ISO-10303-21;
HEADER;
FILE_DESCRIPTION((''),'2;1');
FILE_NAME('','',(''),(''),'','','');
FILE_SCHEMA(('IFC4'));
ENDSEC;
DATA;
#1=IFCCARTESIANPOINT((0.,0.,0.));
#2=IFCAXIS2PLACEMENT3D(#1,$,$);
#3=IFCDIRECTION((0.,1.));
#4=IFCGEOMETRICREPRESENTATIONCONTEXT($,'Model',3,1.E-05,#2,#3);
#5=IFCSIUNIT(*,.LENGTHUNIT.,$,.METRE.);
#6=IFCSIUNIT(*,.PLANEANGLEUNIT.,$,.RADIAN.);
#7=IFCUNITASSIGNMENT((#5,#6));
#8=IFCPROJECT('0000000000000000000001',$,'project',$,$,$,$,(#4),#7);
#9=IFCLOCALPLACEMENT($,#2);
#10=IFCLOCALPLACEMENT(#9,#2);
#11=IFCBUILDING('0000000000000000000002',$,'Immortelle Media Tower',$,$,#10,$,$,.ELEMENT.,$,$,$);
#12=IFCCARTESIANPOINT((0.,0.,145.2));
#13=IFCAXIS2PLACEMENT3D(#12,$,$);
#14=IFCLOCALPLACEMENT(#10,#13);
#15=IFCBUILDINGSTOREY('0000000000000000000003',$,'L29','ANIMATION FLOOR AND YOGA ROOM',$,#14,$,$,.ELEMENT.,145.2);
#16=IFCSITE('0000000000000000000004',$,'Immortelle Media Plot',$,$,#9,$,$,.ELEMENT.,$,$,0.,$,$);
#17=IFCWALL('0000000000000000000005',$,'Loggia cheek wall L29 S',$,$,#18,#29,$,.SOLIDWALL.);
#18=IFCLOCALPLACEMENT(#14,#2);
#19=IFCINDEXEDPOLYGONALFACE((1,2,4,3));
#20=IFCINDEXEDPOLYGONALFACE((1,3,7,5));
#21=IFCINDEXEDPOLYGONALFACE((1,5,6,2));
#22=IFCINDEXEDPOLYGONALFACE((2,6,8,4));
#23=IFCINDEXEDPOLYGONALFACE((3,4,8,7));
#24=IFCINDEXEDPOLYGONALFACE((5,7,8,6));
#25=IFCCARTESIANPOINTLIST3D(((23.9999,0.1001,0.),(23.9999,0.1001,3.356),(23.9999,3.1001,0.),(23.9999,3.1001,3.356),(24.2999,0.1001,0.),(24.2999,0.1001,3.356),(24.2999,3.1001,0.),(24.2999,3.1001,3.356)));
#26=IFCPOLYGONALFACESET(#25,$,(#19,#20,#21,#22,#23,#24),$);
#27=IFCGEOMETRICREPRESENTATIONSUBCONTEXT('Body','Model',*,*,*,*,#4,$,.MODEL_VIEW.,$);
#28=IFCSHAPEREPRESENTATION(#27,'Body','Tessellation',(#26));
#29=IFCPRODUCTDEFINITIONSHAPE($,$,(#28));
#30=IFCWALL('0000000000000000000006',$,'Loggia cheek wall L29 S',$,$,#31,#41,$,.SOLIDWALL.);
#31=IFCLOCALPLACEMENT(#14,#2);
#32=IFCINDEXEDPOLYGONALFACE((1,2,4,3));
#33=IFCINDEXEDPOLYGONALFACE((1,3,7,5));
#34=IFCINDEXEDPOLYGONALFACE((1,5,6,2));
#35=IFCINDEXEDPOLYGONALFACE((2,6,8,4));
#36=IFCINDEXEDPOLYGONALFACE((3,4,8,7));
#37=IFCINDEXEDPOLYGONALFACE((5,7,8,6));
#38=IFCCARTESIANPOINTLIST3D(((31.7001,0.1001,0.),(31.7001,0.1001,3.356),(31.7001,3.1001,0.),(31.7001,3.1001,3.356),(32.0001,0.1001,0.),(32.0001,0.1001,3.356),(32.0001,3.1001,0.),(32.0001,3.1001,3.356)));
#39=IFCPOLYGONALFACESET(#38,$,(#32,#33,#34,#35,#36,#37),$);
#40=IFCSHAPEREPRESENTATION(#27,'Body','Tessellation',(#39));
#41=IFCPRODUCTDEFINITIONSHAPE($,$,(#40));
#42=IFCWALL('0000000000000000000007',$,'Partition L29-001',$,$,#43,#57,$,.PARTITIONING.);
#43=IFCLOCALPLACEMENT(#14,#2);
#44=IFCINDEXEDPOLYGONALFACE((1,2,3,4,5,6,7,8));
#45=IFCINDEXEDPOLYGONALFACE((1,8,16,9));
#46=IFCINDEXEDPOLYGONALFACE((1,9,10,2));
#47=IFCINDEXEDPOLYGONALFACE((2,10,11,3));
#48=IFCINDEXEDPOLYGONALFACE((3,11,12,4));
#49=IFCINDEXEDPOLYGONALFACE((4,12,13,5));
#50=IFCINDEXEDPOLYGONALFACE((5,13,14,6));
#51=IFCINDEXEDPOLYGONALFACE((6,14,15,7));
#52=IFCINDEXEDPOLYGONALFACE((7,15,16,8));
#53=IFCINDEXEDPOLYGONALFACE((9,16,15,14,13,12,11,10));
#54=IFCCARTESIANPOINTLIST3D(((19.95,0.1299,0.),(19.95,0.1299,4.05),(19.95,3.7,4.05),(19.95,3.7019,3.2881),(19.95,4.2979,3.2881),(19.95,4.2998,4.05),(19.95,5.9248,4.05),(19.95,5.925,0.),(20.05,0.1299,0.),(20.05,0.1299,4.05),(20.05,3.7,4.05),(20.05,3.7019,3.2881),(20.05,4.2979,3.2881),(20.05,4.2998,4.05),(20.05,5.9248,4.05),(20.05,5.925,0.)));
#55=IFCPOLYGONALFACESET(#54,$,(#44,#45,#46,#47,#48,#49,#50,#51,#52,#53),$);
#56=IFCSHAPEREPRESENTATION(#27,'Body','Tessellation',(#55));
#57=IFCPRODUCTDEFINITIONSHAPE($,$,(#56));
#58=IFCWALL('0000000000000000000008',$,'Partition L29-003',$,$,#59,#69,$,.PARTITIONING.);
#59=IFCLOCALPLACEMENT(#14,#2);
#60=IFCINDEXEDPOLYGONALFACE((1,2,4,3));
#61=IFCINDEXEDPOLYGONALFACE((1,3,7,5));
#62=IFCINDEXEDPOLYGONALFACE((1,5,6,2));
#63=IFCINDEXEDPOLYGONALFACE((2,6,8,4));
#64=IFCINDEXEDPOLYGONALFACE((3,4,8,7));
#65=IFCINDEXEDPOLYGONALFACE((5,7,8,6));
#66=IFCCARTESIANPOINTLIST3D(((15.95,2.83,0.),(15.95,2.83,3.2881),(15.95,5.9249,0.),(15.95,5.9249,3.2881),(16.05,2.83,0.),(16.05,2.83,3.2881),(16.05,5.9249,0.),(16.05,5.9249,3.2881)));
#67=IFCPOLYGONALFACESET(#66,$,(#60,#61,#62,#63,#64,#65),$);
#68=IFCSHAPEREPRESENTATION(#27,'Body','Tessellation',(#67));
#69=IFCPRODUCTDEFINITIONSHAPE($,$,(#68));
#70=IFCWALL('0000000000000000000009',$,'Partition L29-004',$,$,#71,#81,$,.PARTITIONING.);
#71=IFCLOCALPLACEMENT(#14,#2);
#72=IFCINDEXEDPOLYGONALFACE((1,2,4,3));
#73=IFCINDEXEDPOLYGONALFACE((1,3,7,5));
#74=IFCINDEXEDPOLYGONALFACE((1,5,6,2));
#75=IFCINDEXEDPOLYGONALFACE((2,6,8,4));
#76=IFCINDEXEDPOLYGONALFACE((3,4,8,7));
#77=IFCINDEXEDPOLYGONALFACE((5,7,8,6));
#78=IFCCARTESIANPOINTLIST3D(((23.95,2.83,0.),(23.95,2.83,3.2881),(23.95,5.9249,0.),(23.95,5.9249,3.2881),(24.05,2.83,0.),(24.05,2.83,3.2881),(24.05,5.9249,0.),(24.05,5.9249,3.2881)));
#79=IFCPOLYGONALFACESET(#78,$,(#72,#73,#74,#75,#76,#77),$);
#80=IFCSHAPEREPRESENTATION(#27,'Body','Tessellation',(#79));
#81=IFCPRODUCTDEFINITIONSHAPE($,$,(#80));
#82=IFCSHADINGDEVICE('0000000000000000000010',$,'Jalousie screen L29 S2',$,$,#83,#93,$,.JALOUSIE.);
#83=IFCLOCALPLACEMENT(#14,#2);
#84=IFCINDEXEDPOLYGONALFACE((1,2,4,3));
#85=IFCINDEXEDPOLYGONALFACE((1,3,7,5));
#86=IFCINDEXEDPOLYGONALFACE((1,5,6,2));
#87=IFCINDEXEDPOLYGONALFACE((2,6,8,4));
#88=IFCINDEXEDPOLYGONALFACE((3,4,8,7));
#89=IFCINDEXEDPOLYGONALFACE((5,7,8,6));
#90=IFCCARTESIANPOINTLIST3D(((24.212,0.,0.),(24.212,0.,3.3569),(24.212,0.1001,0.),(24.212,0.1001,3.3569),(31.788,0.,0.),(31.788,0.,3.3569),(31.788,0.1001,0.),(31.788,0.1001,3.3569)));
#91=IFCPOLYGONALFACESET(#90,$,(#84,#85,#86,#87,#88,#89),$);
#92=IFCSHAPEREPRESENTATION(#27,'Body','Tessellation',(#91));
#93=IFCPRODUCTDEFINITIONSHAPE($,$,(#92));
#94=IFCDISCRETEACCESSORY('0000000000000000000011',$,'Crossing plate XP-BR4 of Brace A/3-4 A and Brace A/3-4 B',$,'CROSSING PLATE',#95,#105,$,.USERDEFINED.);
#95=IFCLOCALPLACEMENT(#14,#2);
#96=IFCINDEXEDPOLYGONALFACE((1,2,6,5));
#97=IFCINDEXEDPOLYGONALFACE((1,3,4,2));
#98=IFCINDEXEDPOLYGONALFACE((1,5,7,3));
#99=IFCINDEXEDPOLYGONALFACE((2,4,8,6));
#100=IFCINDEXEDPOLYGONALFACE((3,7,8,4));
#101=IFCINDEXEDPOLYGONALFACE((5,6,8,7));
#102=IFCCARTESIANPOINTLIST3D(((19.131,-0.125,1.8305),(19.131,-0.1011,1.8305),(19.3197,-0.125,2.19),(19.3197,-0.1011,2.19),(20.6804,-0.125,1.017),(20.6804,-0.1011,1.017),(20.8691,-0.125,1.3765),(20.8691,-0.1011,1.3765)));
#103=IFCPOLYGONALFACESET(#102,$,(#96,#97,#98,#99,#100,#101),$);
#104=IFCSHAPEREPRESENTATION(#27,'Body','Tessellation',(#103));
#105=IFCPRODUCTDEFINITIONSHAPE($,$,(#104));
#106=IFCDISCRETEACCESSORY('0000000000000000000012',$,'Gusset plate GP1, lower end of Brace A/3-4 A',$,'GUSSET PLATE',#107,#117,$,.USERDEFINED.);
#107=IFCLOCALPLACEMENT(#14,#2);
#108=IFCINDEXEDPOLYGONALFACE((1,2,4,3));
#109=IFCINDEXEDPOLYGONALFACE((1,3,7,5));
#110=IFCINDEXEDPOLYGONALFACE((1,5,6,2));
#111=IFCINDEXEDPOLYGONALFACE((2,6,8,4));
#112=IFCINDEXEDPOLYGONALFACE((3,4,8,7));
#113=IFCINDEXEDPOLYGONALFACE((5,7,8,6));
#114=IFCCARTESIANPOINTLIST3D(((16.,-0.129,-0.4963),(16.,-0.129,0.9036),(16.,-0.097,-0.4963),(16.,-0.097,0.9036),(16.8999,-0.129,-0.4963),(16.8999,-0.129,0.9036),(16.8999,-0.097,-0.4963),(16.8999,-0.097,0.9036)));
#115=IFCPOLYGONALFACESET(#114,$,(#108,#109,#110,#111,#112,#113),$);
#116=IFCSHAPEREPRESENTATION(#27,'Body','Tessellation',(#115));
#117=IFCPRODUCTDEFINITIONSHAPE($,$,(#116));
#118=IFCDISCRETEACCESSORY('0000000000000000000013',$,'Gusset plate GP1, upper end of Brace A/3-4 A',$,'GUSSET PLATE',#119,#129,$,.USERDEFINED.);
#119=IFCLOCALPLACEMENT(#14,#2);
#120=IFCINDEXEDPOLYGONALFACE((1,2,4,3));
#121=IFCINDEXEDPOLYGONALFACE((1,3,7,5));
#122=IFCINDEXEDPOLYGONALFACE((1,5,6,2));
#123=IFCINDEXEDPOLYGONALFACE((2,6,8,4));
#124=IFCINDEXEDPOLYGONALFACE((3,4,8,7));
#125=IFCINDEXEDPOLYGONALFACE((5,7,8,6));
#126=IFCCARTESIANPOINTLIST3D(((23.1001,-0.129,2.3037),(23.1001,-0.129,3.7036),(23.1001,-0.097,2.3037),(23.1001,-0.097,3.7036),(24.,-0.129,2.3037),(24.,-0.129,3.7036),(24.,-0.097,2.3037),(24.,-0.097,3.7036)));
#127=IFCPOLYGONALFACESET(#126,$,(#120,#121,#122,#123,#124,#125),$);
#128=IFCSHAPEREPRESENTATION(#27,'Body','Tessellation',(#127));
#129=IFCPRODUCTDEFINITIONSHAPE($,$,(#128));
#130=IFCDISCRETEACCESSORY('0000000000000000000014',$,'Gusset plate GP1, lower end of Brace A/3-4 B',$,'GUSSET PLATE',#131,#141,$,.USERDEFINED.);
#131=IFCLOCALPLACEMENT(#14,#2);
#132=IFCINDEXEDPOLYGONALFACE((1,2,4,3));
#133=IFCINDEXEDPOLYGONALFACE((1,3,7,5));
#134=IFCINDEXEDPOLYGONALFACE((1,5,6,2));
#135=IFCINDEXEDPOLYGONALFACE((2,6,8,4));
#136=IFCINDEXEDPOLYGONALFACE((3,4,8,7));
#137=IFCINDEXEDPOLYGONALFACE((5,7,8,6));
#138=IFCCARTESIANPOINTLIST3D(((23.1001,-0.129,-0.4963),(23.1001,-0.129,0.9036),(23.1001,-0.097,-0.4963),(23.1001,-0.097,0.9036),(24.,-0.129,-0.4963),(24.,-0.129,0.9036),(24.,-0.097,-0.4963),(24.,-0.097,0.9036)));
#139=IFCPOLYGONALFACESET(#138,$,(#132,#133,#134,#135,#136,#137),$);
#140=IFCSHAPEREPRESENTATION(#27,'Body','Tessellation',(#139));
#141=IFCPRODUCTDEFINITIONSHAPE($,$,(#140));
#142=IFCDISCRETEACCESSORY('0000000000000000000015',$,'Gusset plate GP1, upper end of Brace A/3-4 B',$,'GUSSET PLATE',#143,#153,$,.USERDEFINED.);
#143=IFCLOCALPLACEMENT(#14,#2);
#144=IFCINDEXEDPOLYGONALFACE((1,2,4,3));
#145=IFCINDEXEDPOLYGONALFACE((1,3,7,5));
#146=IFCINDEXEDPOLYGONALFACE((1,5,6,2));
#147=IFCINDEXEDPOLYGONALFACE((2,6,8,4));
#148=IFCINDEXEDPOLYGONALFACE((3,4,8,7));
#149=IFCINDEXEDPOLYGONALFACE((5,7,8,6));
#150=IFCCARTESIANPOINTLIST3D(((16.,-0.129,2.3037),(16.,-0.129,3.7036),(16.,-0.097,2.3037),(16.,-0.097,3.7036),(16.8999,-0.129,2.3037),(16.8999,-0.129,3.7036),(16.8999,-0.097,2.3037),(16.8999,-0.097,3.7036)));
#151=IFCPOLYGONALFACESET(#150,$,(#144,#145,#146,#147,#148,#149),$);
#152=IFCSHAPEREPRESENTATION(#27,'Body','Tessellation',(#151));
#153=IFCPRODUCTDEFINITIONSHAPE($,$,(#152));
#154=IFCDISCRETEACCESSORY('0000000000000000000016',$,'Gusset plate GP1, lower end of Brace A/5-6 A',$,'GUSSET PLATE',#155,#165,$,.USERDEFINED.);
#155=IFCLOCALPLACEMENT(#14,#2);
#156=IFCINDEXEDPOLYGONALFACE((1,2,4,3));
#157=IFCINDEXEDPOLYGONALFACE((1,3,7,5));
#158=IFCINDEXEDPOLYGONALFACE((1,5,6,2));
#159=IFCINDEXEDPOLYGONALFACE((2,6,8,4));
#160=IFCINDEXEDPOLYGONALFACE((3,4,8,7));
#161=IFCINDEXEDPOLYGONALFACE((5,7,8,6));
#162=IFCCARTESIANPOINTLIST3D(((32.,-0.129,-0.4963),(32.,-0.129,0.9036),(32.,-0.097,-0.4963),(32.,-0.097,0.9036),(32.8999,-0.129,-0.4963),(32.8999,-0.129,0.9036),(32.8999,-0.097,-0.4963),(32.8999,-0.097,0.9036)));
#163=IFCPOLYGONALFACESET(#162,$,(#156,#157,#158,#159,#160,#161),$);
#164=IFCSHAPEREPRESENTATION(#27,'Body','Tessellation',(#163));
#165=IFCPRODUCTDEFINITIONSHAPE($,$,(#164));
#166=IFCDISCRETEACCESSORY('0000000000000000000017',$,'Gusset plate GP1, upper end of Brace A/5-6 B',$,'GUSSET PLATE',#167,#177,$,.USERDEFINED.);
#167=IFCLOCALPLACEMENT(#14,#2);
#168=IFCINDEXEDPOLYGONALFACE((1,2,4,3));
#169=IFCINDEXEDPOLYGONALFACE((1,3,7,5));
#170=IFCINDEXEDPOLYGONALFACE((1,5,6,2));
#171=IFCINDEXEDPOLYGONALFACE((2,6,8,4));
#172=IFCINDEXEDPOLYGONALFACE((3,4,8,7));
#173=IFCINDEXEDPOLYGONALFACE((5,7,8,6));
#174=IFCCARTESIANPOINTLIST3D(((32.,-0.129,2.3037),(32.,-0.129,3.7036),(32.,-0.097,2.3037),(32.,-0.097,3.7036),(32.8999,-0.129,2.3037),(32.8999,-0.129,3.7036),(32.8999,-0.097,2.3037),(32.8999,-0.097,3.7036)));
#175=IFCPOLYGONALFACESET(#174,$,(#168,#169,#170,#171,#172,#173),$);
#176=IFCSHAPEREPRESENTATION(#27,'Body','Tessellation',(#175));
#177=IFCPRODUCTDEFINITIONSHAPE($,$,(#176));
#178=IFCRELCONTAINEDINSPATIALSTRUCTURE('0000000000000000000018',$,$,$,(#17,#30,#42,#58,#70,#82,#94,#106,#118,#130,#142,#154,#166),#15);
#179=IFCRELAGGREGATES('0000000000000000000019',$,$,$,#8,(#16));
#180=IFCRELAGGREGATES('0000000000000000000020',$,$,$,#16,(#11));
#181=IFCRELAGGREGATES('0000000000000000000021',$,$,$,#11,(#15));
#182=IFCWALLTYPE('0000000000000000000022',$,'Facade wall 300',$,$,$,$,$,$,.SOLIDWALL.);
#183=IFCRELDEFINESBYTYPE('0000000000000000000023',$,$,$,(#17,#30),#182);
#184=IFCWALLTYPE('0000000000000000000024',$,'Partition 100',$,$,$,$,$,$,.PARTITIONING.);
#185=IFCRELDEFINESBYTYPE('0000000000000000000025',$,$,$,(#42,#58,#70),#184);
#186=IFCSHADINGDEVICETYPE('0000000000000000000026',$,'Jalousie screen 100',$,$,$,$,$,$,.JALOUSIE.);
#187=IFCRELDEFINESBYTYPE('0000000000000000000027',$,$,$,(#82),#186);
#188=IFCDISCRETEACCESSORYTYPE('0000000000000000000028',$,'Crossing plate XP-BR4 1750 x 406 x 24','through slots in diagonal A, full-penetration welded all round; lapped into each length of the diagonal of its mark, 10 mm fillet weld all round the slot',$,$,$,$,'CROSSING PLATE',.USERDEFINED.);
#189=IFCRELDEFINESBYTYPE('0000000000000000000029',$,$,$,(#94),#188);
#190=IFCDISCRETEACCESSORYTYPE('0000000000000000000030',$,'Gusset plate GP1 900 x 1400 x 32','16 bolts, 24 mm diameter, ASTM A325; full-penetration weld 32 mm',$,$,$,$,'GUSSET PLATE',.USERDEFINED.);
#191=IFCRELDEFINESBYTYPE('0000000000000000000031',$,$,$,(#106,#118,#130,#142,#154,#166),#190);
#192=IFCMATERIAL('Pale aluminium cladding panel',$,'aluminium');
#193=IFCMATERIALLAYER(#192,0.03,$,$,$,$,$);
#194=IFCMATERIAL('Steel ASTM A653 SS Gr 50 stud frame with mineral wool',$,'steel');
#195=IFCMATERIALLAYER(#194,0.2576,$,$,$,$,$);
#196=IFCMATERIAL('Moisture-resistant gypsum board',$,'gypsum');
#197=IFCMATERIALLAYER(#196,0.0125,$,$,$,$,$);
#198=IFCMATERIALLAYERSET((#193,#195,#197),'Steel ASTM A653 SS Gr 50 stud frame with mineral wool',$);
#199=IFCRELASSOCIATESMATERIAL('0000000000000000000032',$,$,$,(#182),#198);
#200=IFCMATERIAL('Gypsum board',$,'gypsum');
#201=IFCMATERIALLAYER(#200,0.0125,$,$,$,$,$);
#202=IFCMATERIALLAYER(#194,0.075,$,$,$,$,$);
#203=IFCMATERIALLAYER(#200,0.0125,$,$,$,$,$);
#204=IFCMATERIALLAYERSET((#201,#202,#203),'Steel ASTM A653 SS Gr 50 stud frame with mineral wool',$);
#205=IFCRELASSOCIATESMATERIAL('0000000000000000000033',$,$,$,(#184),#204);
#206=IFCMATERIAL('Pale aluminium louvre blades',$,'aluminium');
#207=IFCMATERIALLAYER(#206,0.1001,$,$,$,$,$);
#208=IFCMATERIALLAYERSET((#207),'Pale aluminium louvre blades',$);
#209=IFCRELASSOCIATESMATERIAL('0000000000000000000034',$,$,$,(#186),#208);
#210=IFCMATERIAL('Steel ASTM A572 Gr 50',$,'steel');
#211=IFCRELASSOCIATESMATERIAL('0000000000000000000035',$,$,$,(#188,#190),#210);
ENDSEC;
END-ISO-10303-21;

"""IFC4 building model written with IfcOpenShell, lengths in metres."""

from ifc_helpers import new_model, si_unit, direction, frame, frame_2d, origin, origin_2d, place, context, subcontext, project, spatial, polyline, rectangle, outline, extrude, material, layer, layer_set, material_profile, profile_set, type_object, element, save


model = new_model("IFC4")

# Units and contexts
model_context = context("Model", 3, precision=1e-05, world=origin(), true_north=direction((0.0, 1.0)))
body_context = subcontext(model_context, "Body", "Model", "MODEL_VIEW")
ifc_project = project(units=[si_unit("LENGTHUNIT", "METRE"), si_unit("PLANEANGLEUNIT", "RADIAN")], contexts=[model_context])

# Site, building, storey
site_placement = place(None, origin())
site = spatial("IfcSite", under=ifc_project, at=site_placement, Name="Immortelle Media Plot", CompositionType="ELEMENT", RefElevation=0.0)
building_placement = place(site_placement, origin())
building = spatial("IfcBuilding", under=site, at=building_placement, Name="Immortelle Media Tower", CompositionType="ELEMENT")
storey_placement = place(building_placement, frame((0.0, 0.0, 145.2)))
storey = spatial("IfcBuildingStorey", under=building, at=storey_placement, Name="L29", Description="ANIMATION FLOOR AND YOGA ROOM", CompositionType="ELEMENT", Elevation=145.2)

# Shared definitions
ifc_material_1 = material(Name="Pale aluminium cladding panel", Category="aluminium")
ifc_layer_1 = layer(ifc_material_1, 0.03)
ifc_material_2 = material(Name="Steel ASTM A653 SS Gr 50 stud frame with mineral wool", Category="steel")
ifc_layer_2 = layer(ifc_material_2, 0.2576)
ifc_material_3 = material(Name="Moisture-resistant gypsum board", Category="gypsum")
ifc_layer_3 = layer(ifc_material_3, 0.0125)
ifc_layer_set_1 = layer_set([ifc_layer_1, ifc_layer_2, ifc_layer_3], Name="Steel ASTM A653 SS Gr 50 stud frame with mineral wool")
wall_type_1 = type_object("IfcWallType", Name="Facade wall 300", PredefinedType="SOLIDWALL", material=ifc_layer_set_1)

# Walls
for number, where, z_axis, x_axis, name in (
    (1, (24.1499, 0.1001, 0.0), (0.0, 0.0, 1.0), (0.0, 1.0, 0.0), "Loggia cheek wall L29 S"),
    (2, (31.8501, 0.1001, 0.0), (0.0, 0.0, 1.0), (0.0, 1.0, 0.0), "Loggia cheek wall L29 S"),
):
    element("IfcWall", number, at=place(storey_placement, frame(where, z_axis=z_axis, x_axis=x_axis)), inside=storey, type_object=wall_type_1, Name=name, PredefinedType="SOLIDWALL", context=body_context, shape_type="SweptSolid", body=[
        extrude(rectangle(XDim=3.0, YDim=0.3, at=frame_2d((1.5, 0.0))), origin(), (0.0, 0.0, 1.0), 3.356),
    ])
ifc_material_4 = material(Name="Gypsum board", Category="gypsum")
ifc_layer_4 = layer(ifc_material_4, 0.0125)
ifc_layer_5 = layer(ifc_material_2, 0.075)
ifc_layer_6 = layer(ifc_material_4, 0.0125)
ifc_layer_set_2 = layer_set([ifc_layer_4, ifc_layer_5, ifc_layer_6], Name="Steel ASTM A653 SS Gr 50 stud frame with mineral wool")
wall_type_2 = type_object("IfcWallType", Name="Partition 100", PredefinedType="PARTITIONING", material=ifc_layer_set_2)
wall_1_placement = place(storey_placement, frame((20.0, 0.1299, 0.0), z_axis=(0.0, 0.0, 1.0), x_axis=(0.0, 1.0, 0.0)))
element("IfcWall", 3, at=wall_1_placement, inside=storey, type_object=wall_type_2, Name="Partition L29-001", PredefinedType="PARTITIONING", context=body_context, shape_type="SweptSolid", body=[
    extrude(outline(polyline([(0.0, 0.0), (5.7952, 0.0), (5.7949, 4.05), (4.1699, 4.05), (4.168, 3.2881), (3.572, 3.2881), (3.5701, 4.05), (0.0, 4.05), (0.0, 0.0)])), frame((0.0, 0.05, 0.0), z_axis=(0.0, -1.0, 0.0), x_axis=(1.0, 0.0, 0.0)), (0.0, 0.0, 1.0), 0.1001),
])
for number, where, z_axis, x_axis, name in (
    (4, (16.0, 2.8301, 0.0), (0.0, 0.0, 1.0), (0.0, 1.0, 0.0), "Partition L29-003"),
    (5, (24.0, 2.8301, 0.0), (0.0, 0.0, 1.0), (0.0, 1.0, 0.0), "Partition L29-004"),
):
    element("IfcWall", number, at=place(storey_placement, frame(where, z_axis=z_axis, x_axis=x_axis)), inside=storey, type_object=wall_type_2, Name=name, PredefinedType="PARTITIONING", context=body_context, shape_type="SweptSolid", body=[
        extrude(rectangle(XDim=3.095, YDim=0.1001, at=frame_2d((1.5474, 0.0))), origin(), (0.0, 0.0, 1.0), 3.2881),
    ])

# Shading device
ifc_material_5 = material(Name="Pale aluminium louvre blades", Category="aluminium")
ifc_layer_7 = layer(ifc_material_5, 0.1001)
ifc_layer_set_3 = layer_set([ifc_layer_7], Name="Pale aluminium louvre blades")
shading_device_type = type_object("IfcShadingDeviceType", Name="Jalousie screen 100", PredefinedType="JALOUSIE", material=ifc_layer_set_3)
shading_device_placement = place(storey_placement, frame((28.0, 0.05, 0.0), z_axis=(0.0, 0.0, 1.0), x_axis=(1.0, 0.0, 0.0)))
element("IfcShadingDevice", 6, at=shading_device_placement, inside=storey, type_object=shading_device_type, Name="Jalousie screen L29 S2", PredefinedType="JALOUSIE", context=body_context, shape_type="SweptSolid", body=[
    extrude(rectangle(XDim=7.5759, YDim=0.1001, at=origin_2d()), origin(), (0.0, 0.0, 1.0), 3.3569),
])

# Discrete accessories
ifc_material_6 = material(Name="Steel ASTM A572 Gr 50", Category="steel")
ifc_material_profile_1 = material_profile(ifc_material_6, rectangle(XDim=0.0239, YDim=0.406, at=origin_2d()), Name="PL 24 x 406")
ifc_profile_set_1 = profile_set([ifc_material_profile_1], Name="Steel ASTM A572 Gr 50")
discrete_accessory_type_1 = type_object("IfcDiscreteAccessoryType", Name="Crossing plate XP-BR4 1750 x 406 x 24", Description="through slots in diagonal A, full-penetration welded all round; lapped into each length of the diagonal of its mark, 10 mm fillet weld all round the slot", ElementType="CROSSING PLATE", PredefinedType="USERDEFINED", material=ifc_profile_set_1)
discrete_accessory_placement = place(storey_placement, frame((19.2253, -0.113, 2.0103), z_axis=(0.885378, 0.0, -0.464872), x_axis=(0.0, 1.0, 0.0)))
element("IfcDiscreteAccessory", 7, at=discrete_accessory_placement, inside=storey, type_object=discrete_accessory_type_1, Name="Crossing plate XP-BR4 of Brace A/3-4 A and Brace A/3-4 B", ObjectType="CROSSING PLATE", PredefinedType="USERDEFINED", context=body_context, shape_type="SweptSolid", body=[
    extrude(rectangle(XDim=0.0239, YDim=0.406, at=origin_2d()), origin(), (0.0, 0.0, 1.0), 1.75),
])
ifc_material_profile_2 = material_profile(ifc_material_6, rectangle(XDim=0.032, YDim=1.3999, at=origin_2d()), Name="PL 32 x 1400")
ifc_profile_set_2 = profile_set([ifc_material_profile_2], Name="Steel ASTM A572 Gr 50")
discrete_accessory_type_2 = type_object("IfcDiscreteAccessoryType", Name="Gusset plate GP1 900 x 1400 x 32", Description="16 bolts, 24 mm diameter, ASTM A325; full-penetration weld 32 mm", ElementType="GUSSET PLATE", PredefinedType="USERDEFINED", material=ifc_profile_set_2)
for number, where, z_axis, x_axis, name in (
    (8, (16.0, -0.113, 0.2036), (1.0, 0.0, 0.0), (0.0, 1.0, 0.0), "Gusset plate GP1, lower end of Brace A/3-4 A"),
    (9, (24.0, -0.113, 3.0037), (-1.0, 0.0, 0.0), (0.0, -1.0, 0.0), "Gusset plate GP1, upper end of Brace A/3-4 A"),
    (10, (24.0, -0.113, 0.2036), (-1.0, 0.0, 0.0), (0.0, -1.0, 0.0), "Gusset plate GP1, lower end of Brace A/3-4 B"),
    (11, (16.0, -0.113, 3.0037), (1.0, 0.0, 0.0), (0.0, 1.0, 0.0), "Gusset plate GP1, upper end of Brace A/3-4 B"),
    (12, (32.0, -0.113, 0.2036), (1.0, 0.0, 0.0), (0.0, 1.0, 0.0), "Gusset plate GP1, lower end of Brace A/5-6 A"),
    (13, (32.0, -0.113, 3.0037), (1.0, 0.0, 0.0), (0.0, 1.0, 0.0), "Gusset plate GP1, upper end of Brace A/5-6 B"),
):
    element("IfcDiscreteAccessory", number, at=place(storey_placement, frame(where, z_axis=z_axis, x_axis=x_axis)), inside=storey, type_object=discrete_accessory_type_2, Name=name, ObjectType="GUSSET PLATE", PredefinedType="USERDEFINED", context=body_context, shape_type="SweptSolid", body=[
        extrude(rectangle(XDim=0.032, YDim=1.3999, at=origin_2d()), origin(), (0.0, 0.0, 1.0), 0.8999),
    ])

save(model, "model.ifc")
